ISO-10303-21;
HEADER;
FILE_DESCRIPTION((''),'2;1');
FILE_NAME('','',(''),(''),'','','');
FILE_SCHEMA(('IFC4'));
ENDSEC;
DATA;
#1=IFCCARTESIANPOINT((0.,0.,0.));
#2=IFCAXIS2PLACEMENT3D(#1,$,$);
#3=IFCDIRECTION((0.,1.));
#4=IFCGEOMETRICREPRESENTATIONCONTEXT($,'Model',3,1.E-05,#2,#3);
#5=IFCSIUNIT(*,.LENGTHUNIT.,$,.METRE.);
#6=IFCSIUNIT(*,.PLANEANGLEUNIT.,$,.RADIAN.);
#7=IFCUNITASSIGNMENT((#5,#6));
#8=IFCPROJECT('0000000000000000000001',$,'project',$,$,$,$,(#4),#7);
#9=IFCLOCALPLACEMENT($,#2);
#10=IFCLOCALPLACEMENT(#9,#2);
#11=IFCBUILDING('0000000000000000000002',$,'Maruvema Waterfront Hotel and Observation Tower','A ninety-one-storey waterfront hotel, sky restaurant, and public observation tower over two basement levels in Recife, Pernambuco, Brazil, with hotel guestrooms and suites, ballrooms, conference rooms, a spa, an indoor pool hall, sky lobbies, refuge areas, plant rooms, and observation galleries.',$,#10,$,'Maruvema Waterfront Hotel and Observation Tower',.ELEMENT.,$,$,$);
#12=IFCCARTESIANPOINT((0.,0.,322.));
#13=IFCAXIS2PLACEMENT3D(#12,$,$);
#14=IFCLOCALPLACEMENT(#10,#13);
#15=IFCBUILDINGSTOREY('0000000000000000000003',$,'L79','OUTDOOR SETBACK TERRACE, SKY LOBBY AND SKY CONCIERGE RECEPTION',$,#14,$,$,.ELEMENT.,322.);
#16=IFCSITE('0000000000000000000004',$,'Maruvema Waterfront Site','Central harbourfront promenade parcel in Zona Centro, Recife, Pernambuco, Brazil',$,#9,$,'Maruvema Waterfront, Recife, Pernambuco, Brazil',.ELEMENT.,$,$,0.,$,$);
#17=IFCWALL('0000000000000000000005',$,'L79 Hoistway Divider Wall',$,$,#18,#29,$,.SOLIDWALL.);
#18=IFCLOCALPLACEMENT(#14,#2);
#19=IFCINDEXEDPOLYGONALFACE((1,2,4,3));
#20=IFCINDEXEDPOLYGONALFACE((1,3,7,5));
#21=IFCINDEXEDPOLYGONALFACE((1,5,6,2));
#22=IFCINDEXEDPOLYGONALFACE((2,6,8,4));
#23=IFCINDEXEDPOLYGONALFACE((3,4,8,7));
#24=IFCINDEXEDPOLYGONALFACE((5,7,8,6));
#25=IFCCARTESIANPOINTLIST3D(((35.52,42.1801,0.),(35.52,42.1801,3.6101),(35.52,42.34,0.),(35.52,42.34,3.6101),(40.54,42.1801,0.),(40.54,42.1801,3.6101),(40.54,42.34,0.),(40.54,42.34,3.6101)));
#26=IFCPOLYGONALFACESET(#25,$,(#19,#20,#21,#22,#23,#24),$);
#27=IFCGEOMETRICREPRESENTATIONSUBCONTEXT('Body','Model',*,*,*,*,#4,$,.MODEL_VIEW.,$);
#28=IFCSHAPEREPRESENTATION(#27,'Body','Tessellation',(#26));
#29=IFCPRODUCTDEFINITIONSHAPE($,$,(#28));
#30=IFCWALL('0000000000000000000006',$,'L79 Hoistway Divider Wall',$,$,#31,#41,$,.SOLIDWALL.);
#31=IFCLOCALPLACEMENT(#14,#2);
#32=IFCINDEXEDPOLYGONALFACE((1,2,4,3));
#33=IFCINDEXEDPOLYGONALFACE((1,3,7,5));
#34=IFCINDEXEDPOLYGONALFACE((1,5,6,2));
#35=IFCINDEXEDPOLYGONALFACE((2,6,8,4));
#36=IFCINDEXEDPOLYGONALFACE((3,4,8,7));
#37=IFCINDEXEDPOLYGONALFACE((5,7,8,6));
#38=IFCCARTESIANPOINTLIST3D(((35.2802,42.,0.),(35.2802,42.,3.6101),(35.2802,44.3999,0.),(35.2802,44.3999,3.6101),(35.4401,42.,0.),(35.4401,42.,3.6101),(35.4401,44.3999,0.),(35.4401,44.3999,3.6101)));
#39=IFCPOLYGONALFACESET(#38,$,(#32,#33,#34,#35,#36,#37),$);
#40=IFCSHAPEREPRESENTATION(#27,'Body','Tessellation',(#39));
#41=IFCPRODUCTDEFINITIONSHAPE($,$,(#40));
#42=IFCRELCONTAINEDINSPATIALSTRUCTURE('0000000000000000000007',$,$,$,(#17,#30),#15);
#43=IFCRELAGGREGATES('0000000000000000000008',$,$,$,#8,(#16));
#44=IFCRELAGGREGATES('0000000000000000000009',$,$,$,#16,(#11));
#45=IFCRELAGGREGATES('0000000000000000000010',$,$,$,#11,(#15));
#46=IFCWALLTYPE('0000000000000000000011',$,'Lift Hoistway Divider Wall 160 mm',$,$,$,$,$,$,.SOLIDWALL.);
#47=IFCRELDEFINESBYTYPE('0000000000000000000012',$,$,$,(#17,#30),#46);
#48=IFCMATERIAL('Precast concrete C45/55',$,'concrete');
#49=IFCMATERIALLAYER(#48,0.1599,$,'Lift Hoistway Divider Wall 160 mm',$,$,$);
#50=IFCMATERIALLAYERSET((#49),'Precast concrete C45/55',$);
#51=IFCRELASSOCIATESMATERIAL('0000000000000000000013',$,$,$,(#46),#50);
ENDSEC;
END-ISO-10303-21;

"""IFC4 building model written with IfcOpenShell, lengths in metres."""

from ifc_helpers import new_model, si_unit, direction, frame, frame_2d, origin, place, context, subcontext, project, spatial, rectangle, extrude, material, layer, layer_set, type_object, element, save


model = new_model("IFC4")

# Units and contexts
model_context = context("Model", 3, precision=1e-05, world=origin(), true_north=direction((0.0, 1.0)))
body_context = subcontext(model_context, "Body", "Model", "MODEL_VIEW")
ifc_project = project(units=[si_unit("LENGTHUNIT", "METRE"), si_unit("PLANEANGLEUNIT", "RADIAN")], contexts=[model_context])

# Site, building, storey
site_placement = place(None, origin())
site = spatial("IfcSite", under=ifc_project, at=site_placement, Name="Maruvema Waterfront Site", Description="Central harbourfront promenade parcel in Zona Centro, Recife, Pernambuco, Brazil", LongName="Maruvema Waterfront, Recife, Pernambuco, Brazil", CompositionType="ELEMENT", RefElevation=0.0)
building_placement = place(site_placement, origin())
building = spatial("IfcBuilding", under=site, at=building_placement, Name="Maruvema Waterfront Hotel and Observation Tower", Description="A ninety-one-storey waterfront hotel, sky restaurant, and public observation tower over two basement levels in Recife, Pernambuco, Brazil, with hotel guestrooms and suites, ballrooms, conference rooms, a spa, an indoor pool hall, sky lobbies, refuge areas, plant rooms, and observation galleries.", LongName="Maruvema Waterfront Hotel and Observation Tower", CompositionType="ELEMENT")
storey_placement = place(building_placement, frame((0.0, 0.0, 322.0)))
storey = spatial("IfcBuildingStorey", under=building, at=storey_placement, Name="L79", Description="OUTDOOR SETBACK TERRACE, SKY LOBBY AND SKY CONCIERGE RECEPTION", CompositionType="ELEMENT", Elevation=322.0)

# Walls
ifc_material_1 = material(Name="Precast concrete C45/55", Category="concrete")
ifc_layer_1 = layer(ifc_material_1, 0.1599, Name="Lift Hoistway Divider Wall 160 mm")
ifc_layer_set_1 = layer_set([ifc_layer_1], Name="Precast concrete C45/55")
wall_type_1 = type_object("IfcWallType", Name="Lift Hoistway Divider Wall 160 mm", PredefinedType="SOLIDWALL", material=ifc_layer_set_1)
wall_1_placement = place(storey_placement, frame((35.52, 42.26, 0.0), z_axis=(0.0, 0.0, 1.0), x_axis=(1.0, 0.0, 0.0)))
element("IfcWall", 1, at=wall_1_placement, inside=storey, type_object=wall_type_1, Name="L79 Hoistway Divider Wall", PredefinedType="SOLIDWALL", context=body_context, shape_type="SweptSolid", body=[
    extrude(rectangle(XDim=5.02, YDim=0.1599, at=frame_2d((2.51, 0.0))), origin(), (0.0, 0.0, 1.0), 3.6101),
])
wall_2_placement = place(storey_placement, frame((35.3601, 42.0, 0.0), z_axis=(0.0, 0.0, 1.0), x_axis=(0.0, 1.0, 0.0)))
element("IfcWall", 2, at=wall_2_placement, inside=storey, type_object=wall_type_1, Name="L79 Hoistway Divider Wall", PredefinedType="SOLIDWALL", context=body_context, shape_type="SweptSolid", body=[
    extrude(rectangle(XDim=2.3999, YDim=0.1599, at=frame_2d((1.2, 0.0))), origin(), (0.0, 0.0, 1.0), 3.6101),
])

save(model, "model.ifc")
